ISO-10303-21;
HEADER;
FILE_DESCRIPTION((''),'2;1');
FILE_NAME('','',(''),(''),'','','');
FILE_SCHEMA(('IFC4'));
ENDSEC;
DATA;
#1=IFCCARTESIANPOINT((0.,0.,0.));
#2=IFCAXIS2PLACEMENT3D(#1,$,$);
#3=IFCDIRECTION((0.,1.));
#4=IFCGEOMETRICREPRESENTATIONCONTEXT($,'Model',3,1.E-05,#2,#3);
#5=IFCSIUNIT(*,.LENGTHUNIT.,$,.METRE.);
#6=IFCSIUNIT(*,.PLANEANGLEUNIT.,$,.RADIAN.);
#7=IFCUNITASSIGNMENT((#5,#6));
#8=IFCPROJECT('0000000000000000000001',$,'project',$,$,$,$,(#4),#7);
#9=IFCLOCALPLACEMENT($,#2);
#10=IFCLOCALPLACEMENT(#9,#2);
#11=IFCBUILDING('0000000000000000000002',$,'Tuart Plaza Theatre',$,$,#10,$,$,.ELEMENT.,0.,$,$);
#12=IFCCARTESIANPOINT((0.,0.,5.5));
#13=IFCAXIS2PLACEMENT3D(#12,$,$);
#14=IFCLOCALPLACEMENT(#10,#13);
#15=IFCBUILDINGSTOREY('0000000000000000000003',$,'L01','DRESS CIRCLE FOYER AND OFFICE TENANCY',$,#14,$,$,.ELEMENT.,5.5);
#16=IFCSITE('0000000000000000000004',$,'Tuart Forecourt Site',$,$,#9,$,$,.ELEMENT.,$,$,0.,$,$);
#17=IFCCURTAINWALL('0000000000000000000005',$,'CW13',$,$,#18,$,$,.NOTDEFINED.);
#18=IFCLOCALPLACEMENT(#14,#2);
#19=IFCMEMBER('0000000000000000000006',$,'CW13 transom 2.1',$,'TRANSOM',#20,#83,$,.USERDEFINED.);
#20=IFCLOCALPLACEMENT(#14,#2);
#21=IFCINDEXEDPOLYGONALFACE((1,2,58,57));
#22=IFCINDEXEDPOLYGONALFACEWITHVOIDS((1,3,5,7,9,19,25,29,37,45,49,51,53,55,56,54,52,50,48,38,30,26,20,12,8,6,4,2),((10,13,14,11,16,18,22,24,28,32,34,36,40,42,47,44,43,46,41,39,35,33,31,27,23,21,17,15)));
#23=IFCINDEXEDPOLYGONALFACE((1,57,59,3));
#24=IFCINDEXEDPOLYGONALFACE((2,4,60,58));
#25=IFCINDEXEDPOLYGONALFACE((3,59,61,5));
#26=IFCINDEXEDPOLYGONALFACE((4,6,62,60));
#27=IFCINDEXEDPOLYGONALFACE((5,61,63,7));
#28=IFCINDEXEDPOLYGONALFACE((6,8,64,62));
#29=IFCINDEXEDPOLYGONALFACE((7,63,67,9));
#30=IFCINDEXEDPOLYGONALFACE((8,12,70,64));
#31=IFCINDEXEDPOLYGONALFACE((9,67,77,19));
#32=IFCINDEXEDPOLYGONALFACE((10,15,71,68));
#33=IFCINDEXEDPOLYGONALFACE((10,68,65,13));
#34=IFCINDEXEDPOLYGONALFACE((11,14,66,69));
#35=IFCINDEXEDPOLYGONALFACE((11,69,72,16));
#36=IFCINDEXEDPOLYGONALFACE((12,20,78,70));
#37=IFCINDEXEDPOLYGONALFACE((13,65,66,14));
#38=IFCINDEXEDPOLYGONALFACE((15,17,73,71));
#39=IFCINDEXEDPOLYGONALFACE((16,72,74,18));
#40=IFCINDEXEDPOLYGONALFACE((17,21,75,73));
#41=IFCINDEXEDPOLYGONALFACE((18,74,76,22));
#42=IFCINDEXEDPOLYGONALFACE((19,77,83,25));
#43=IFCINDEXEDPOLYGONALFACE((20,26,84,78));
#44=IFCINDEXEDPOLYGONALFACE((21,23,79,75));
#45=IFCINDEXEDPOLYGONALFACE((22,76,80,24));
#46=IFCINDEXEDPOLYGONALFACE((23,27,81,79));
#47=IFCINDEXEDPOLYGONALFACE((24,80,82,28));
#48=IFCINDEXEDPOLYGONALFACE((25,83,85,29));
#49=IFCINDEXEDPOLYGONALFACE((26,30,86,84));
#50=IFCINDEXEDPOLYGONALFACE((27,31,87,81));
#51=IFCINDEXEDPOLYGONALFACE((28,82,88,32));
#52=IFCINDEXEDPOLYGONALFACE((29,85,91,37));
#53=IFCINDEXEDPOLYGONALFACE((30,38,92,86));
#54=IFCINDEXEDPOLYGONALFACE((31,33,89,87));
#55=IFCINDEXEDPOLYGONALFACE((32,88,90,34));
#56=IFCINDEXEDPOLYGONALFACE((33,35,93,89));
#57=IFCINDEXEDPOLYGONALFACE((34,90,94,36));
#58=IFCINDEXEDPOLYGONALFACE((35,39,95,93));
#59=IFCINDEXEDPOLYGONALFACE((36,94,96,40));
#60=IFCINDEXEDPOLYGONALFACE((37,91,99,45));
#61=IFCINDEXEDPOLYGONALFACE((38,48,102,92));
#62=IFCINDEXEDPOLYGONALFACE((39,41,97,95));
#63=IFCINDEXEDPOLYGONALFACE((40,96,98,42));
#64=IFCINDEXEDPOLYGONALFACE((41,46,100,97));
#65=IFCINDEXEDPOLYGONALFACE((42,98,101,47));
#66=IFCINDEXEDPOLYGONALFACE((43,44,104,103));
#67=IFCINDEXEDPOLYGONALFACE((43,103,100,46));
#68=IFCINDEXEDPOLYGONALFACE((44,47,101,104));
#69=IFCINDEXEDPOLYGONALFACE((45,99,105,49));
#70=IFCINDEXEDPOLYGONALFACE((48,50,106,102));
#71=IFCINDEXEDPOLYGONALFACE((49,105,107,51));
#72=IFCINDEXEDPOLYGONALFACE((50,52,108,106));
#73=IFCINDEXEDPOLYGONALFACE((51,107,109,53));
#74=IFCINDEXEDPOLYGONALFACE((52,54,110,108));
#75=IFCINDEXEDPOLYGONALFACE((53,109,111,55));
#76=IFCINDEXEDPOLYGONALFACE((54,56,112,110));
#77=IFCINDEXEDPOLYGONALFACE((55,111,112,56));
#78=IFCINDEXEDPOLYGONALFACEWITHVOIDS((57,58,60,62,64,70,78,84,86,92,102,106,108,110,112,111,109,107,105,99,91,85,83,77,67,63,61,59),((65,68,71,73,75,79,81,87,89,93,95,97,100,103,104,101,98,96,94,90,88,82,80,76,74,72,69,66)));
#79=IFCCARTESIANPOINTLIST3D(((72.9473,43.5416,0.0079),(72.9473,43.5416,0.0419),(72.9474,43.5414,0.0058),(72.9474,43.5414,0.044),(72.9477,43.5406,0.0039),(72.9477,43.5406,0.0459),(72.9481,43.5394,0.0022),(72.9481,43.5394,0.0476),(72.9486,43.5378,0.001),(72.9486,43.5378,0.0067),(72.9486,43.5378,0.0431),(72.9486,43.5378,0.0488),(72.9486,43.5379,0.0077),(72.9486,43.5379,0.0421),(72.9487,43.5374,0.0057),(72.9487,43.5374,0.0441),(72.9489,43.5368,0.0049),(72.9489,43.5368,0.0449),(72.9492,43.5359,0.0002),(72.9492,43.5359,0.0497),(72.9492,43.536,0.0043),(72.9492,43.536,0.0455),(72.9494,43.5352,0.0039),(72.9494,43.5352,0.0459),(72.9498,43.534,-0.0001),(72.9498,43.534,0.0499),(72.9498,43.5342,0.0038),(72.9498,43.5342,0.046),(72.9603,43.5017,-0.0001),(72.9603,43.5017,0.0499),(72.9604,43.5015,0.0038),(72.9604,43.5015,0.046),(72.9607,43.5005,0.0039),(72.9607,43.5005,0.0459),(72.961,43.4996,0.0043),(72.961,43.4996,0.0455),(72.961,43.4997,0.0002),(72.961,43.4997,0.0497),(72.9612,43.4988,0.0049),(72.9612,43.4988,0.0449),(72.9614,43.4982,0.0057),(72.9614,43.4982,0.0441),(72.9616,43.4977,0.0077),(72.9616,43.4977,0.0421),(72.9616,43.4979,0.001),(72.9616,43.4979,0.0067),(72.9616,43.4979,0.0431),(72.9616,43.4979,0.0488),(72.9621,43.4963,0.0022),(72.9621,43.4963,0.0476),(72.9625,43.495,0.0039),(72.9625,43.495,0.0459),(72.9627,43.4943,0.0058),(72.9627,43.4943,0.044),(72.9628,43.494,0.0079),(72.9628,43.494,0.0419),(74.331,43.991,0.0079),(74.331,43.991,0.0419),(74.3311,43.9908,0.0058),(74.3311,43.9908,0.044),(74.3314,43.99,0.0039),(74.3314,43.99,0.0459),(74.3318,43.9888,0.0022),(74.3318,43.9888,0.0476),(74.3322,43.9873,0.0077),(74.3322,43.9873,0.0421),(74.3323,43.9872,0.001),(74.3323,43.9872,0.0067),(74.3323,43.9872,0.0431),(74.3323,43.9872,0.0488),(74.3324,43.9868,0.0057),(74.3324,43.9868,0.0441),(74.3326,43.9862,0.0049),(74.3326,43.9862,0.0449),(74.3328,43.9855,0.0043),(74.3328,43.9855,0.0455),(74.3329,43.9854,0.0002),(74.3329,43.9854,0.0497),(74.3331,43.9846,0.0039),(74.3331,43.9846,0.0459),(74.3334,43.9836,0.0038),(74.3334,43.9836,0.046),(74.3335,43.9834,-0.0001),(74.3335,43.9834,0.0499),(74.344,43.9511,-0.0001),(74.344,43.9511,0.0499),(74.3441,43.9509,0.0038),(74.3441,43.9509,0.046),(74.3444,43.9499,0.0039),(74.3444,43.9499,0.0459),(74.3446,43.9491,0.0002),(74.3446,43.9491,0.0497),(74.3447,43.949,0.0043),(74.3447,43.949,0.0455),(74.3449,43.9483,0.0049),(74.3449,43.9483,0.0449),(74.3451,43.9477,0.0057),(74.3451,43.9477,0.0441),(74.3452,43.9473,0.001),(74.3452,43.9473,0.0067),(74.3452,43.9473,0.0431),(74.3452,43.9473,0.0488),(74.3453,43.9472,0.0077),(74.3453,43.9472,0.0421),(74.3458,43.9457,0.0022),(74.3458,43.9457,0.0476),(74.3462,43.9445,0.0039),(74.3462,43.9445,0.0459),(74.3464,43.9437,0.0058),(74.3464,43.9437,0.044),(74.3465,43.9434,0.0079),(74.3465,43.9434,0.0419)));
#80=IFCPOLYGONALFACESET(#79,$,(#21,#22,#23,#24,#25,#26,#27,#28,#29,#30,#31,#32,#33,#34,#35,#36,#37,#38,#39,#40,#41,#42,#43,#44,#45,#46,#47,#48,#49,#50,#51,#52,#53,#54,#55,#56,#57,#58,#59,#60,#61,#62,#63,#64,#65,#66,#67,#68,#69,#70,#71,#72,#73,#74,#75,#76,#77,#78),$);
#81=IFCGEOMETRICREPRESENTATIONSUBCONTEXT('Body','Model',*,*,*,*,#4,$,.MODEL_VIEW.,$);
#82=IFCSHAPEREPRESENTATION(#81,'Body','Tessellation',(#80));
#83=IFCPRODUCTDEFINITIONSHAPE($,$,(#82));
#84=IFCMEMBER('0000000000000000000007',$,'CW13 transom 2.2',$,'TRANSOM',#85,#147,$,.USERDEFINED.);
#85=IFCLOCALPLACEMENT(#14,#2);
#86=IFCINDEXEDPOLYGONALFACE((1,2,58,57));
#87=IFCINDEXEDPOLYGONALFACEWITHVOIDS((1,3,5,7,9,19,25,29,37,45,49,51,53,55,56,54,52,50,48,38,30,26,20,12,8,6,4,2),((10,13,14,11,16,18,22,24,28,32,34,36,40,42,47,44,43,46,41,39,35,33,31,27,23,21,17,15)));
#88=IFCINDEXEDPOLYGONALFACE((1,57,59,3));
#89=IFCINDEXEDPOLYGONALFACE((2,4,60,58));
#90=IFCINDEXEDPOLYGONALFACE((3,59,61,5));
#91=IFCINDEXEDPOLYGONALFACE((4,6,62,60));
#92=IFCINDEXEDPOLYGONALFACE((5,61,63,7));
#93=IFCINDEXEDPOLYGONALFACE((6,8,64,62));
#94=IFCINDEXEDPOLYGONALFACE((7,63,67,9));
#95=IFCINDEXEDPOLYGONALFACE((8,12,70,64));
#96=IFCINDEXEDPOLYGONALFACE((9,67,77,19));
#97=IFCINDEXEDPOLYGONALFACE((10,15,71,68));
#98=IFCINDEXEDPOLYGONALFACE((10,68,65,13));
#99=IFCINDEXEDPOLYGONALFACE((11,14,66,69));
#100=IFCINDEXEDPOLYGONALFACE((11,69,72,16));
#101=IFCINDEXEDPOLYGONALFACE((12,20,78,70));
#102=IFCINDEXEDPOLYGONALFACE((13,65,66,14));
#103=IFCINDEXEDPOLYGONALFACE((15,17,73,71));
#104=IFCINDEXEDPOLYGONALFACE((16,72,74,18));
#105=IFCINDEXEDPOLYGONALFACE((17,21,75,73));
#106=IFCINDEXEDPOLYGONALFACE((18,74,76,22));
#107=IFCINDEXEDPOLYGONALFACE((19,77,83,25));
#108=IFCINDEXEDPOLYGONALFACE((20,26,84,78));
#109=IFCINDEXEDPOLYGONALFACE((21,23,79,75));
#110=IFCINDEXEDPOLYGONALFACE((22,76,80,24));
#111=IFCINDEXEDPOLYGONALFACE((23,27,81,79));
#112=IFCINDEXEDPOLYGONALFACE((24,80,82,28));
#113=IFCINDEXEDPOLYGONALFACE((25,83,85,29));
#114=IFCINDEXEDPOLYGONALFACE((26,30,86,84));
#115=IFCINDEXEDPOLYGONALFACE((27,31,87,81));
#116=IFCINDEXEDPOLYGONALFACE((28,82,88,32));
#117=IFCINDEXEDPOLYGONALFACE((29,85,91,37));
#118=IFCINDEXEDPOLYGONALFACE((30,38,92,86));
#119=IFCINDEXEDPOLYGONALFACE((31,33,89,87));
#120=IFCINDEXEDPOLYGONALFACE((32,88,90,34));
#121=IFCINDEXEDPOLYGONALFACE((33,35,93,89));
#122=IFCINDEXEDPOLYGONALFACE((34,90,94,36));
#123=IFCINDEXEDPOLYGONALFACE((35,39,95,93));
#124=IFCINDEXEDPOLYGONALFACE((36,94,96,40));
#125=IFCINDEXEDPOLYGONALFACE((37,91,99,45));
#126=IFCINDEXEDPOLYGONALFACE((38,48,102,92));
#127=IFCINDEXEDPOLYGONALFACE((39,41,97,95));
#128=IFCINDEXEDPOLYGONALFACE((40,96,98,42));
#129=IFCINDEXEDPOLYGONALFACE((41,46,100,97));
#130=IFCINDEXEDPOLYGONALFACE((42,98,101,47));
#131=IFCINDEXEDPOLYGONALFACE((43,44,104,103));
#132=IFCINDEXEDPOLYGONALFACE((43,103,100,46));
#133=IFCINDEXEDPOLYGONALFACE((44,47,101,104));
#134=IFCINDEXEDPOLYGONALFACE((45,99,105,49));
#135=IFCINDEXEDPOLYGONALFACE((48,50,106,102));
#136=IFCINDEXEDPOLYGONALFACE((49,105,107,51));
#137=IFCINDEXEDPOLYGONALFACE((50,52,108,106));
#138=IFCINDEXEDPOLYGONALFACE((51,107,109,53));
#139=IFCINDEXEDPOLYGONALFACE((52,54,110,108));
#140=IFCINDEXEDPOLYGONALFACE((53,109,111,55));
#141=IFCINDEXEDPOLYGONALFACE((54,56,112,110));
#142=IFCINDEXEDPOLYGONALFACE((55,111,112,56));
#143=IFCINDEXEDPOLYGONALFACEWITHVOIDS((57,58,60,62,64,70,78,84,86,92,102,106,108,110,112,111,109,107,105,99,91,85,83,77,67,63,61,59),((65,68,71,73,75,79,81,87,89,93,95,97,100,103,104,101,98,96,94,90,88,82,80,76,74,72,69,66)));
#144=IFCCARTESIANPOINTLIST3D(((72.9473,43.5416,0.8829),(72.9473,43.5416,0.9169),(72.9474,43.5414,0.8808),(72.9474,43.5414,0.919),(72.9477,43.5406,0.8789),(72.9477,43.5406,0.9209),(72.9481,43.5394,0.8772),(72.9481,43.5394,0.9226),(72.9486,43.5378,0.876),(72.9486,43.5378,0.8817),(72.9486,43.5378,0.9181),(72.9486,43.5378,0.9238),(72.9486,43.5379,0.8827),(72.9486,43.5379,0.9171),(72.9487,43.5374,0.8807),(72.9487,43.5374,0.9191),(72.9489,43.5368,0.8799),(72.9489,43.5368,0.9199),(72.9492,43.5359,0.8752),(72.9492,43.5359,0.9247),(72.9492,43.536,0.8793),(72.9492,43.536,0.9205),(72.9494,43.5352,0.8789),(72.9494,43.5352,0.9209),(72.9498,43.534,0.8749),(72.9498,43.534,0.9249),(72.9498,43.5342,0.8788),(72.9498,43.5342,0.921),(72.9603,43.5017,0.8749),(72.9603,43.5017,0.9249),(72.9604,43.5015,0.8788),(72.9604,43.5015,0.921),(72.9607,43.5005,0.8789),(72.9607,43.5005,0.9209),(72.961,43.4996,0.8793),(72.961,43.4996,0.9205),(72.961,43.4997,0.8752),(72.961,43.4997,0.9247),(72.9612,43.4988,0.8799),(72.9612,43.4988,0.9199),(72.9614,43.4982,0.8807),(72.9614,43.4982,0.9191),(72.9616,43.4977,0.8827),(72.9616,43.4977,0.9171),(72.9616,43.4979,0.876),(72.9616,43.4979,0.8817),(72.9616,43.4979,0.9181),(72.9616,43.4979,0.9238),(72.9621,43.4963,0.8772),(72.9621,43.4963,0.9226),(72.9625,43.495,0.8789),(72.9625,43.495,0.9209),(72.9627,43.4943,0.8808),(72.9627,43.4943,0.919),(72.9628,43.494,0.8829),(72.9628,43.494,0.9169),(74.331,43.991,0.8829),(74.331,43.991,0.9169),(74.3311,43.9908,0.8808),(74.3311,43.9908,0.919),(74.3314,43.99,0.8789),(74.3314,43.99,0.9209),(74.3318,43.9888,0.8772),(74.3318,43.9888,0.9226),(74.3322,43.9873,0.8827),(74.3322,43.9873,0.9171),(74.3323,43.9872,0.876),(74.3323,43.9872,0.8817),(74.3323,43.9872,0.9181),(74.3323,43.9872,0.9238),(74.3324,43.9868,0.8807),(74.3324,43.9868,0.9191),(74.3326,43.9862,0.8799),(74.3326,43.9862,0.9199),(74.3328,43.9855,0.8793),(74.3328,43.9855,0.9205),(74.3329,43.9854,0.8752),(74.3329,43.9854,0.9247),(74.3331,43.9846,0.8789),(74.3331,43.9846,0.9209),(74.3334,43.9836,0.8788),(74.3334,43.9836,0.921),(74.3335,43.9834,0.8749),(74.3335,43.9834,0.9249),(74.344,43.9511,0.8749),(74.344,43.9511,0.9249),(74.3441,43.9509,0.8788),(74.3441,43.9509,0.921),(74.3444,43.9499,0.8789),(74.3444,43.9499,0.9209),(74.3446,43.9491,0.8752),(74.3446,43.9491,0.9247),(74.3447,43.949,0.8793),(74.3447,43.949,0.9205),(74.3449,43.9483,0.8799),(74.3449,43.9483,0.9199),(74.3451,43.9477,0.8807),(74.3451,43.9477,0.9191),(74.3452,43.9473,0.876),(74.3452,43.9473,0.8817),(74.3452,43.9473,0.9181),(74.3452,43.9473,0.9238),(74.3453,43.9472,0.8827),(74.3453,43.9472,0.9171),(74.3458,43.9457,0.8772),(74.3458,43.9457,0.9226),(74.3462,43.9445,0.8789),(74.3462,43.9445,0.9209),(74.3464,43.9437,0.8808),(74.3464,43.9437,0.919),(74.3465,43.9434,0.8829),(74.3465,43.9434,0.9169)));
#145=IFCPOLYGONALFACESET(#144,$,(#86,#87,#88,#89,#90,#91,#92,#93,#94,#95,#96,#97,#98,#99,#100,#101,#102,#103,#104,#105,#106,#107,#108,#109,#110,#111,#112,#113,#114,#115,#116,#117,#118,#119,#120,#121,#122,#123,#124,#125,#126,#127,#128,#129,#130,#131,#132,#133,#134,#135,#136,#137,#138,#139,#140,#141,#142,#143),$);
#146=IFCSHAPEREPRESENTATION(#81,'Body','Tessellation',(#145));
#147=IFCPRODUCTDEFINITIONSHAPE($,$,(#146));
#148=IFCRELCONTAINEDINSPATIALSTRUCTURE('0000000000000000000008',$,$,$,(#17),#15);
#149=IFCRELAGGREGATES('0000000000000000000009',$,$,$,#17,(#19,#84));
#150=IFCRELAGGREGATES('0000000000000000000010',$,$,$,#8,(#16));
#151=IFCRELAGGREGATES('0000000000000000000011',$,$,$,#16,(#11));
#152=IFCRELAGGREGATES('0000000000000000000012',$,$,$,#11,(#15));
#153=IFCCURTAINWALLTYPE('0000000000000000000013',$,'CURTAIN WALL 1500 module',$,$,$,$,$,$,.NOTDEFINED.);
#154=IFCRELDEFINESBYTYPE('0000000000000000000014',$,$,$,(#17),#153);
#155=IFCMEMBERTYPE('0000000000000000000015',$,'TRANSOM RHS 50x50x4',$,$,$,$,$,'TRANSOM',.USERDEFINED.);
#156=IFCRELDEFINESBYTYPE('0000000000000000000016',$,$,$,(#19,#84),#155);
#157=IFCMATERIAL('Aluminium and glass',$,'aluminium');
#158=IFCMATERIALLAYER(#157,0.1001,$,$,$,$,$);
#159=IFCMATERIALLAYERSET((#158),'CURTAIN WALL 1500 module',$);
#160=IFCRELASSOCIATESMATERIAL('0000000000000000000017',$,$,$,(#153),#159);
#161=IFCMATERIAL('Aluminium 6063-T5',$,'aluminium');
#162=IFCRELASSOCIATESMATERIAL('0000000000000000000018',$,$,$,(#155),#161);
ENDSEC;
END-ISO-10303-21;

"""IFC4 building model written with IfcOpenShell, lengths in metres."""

from ifc_helpers import new_model, si_unit, direction, frame, origin, origin_2d, place, context, subcontext, project, spatial, hollow_rectangle, extrude, material, layer, layer_set, material_profile, profile_set, type_object, element, aggregate, save


model = new_model("IFC4")

# Units and contexts
model_context = context("Model", 3, precision=1e-05, world=origin(), true_north=direction((0.0, 1.0)))
body_context = subcontext(model_context, "Body", "Model", "MODEL_VIEW")
ifc_project = project(units=[si_unit("LENGTHUNIT", "METRE"), si_unit("PLANEANGLEUNIT", "RADIAN")], contexts=[model_context])

# Site, building, storey
site_placement = place(None, origin())
site = spatial("IfcSite", under=ifc_project, at=site_placement, Name="Tuart Forecourt Site", CompositionType="ELEMENT", RefElevation=0.0)
building_placement = place(site_placement, origin())
building = spatial("IfcBuilding", under=site, at=building_placement, Name="Tuart Plaza Theatre", CompositionType="ELEMENT", ElevationOfRefHeight=0.0)
storey_placement = place(building_placement, frame((0.0, 0.0, 5.5)))
storey = spatial("IfcBuildingStorey", under=building, at=storey_placement, Name="L01", Description="DRESS CIRCLE FOYER AND OFFICE TENANCY", CompositionType="ELEMENT", Elevation=5.5)

# Curtain wall, members
ifc_material_1 = material(Name="Aluminium and glass", Category="aluminium")
ifc_layer_1 = layer(ifc_material_1, 0.1001)
ifc_layer_set_1 = layer_set([ifc_layer_1], Name="CURTAIN WALL 1500 module")
curtain_wall_type = type_object("IfcCurtainWallType", Name="CURTAIN WALL 1500 module", PredefinedType="NOTDEFINED", material=ifc_layer_set_1)
curtain_wall_placement = place(storey_placement, origin())
curtain_wall = element("IfcCurtainWall", 1, at=curtain_wall_placement, inside=storey, type_object=curtain_wall_type, Name="CW13", PredefinedType="NOTDEFINED")
ifc_material_2 = material(Name="Aluminium 6063-T5", Category="aluminium")
ifc_material_profile_1 = material_profile(ifc_material_2, hollow_rectangle(XDim=0.05, YDim=0.05, WallThickness=0.0039, InnerFilletRadius=0.0039, OuterFilletRadius=0.0081, at=origin_2d()), Name="RHS 50x50x4")
ifc_profile_set_1 = profile_set([ifc_material_profile_1], Name="Aluminium 6063-T5")
member_type_1 = type_object("IfcMemberType", Name="TRANSOM RHS 50x50x4", ElementType="TRANSOM", PredefinedType="USERDEFINED", material=ifc_profile_set_1)
member_1_placement = place(storey_placement, frame((72.9551, 43.5178, 0.0249), z_axis=(0.951088, 0.308919, 0.0), x_axis=(-0.308919, 0.951088, 0.0)))
member_1 = element("IfcMember", 2, at=member_1_placement, type_object=member_type_1, Name="CW13 transom 2.1", ObjectType="TRANSOM", PredefinedType="USERDEFINED", context=body_context, shape_type="SweptSolid", body=[
    extrude(hollow_rectangle(XDim=0.05, YDim=0.05, WallThickness=0.0039, InnerFilletRadius=0.0039, OuterFilletRadius=0.0081, at=origin_2d()), origin(), (0.0, 0.0, 1.0), 1.4548),
])
member_2_placement = place(storey_placement, frame((72.9551, 43.5178, 0.8999), z_axis=(0.951088, 0.308919, 0.0), x_axis=(-0.308919, 0.951088, 0.0)))
member_2 = element("IfcMember", 3, at=member_2_placement, type_object=member_type_1, Name="CW13 transom 2.2", ObjectType="TRANSOM", PredefinedType="USERDEFINED", context=body_context, shape_type="SweptSolid", body=[
    extrude(hollow_rectangle(XDim=0.05, YDim=0.05, WallThickness=0.0039, InnerFilletRadius=0.0039, OuterFilletRadius=0.0081, at=origin_2d()), origin(), (0.0, 0.0, 1.0), 1.4548),
])
aggregate(curtain_wall, [member_1, member_2])

save(model, "model.ifc")
